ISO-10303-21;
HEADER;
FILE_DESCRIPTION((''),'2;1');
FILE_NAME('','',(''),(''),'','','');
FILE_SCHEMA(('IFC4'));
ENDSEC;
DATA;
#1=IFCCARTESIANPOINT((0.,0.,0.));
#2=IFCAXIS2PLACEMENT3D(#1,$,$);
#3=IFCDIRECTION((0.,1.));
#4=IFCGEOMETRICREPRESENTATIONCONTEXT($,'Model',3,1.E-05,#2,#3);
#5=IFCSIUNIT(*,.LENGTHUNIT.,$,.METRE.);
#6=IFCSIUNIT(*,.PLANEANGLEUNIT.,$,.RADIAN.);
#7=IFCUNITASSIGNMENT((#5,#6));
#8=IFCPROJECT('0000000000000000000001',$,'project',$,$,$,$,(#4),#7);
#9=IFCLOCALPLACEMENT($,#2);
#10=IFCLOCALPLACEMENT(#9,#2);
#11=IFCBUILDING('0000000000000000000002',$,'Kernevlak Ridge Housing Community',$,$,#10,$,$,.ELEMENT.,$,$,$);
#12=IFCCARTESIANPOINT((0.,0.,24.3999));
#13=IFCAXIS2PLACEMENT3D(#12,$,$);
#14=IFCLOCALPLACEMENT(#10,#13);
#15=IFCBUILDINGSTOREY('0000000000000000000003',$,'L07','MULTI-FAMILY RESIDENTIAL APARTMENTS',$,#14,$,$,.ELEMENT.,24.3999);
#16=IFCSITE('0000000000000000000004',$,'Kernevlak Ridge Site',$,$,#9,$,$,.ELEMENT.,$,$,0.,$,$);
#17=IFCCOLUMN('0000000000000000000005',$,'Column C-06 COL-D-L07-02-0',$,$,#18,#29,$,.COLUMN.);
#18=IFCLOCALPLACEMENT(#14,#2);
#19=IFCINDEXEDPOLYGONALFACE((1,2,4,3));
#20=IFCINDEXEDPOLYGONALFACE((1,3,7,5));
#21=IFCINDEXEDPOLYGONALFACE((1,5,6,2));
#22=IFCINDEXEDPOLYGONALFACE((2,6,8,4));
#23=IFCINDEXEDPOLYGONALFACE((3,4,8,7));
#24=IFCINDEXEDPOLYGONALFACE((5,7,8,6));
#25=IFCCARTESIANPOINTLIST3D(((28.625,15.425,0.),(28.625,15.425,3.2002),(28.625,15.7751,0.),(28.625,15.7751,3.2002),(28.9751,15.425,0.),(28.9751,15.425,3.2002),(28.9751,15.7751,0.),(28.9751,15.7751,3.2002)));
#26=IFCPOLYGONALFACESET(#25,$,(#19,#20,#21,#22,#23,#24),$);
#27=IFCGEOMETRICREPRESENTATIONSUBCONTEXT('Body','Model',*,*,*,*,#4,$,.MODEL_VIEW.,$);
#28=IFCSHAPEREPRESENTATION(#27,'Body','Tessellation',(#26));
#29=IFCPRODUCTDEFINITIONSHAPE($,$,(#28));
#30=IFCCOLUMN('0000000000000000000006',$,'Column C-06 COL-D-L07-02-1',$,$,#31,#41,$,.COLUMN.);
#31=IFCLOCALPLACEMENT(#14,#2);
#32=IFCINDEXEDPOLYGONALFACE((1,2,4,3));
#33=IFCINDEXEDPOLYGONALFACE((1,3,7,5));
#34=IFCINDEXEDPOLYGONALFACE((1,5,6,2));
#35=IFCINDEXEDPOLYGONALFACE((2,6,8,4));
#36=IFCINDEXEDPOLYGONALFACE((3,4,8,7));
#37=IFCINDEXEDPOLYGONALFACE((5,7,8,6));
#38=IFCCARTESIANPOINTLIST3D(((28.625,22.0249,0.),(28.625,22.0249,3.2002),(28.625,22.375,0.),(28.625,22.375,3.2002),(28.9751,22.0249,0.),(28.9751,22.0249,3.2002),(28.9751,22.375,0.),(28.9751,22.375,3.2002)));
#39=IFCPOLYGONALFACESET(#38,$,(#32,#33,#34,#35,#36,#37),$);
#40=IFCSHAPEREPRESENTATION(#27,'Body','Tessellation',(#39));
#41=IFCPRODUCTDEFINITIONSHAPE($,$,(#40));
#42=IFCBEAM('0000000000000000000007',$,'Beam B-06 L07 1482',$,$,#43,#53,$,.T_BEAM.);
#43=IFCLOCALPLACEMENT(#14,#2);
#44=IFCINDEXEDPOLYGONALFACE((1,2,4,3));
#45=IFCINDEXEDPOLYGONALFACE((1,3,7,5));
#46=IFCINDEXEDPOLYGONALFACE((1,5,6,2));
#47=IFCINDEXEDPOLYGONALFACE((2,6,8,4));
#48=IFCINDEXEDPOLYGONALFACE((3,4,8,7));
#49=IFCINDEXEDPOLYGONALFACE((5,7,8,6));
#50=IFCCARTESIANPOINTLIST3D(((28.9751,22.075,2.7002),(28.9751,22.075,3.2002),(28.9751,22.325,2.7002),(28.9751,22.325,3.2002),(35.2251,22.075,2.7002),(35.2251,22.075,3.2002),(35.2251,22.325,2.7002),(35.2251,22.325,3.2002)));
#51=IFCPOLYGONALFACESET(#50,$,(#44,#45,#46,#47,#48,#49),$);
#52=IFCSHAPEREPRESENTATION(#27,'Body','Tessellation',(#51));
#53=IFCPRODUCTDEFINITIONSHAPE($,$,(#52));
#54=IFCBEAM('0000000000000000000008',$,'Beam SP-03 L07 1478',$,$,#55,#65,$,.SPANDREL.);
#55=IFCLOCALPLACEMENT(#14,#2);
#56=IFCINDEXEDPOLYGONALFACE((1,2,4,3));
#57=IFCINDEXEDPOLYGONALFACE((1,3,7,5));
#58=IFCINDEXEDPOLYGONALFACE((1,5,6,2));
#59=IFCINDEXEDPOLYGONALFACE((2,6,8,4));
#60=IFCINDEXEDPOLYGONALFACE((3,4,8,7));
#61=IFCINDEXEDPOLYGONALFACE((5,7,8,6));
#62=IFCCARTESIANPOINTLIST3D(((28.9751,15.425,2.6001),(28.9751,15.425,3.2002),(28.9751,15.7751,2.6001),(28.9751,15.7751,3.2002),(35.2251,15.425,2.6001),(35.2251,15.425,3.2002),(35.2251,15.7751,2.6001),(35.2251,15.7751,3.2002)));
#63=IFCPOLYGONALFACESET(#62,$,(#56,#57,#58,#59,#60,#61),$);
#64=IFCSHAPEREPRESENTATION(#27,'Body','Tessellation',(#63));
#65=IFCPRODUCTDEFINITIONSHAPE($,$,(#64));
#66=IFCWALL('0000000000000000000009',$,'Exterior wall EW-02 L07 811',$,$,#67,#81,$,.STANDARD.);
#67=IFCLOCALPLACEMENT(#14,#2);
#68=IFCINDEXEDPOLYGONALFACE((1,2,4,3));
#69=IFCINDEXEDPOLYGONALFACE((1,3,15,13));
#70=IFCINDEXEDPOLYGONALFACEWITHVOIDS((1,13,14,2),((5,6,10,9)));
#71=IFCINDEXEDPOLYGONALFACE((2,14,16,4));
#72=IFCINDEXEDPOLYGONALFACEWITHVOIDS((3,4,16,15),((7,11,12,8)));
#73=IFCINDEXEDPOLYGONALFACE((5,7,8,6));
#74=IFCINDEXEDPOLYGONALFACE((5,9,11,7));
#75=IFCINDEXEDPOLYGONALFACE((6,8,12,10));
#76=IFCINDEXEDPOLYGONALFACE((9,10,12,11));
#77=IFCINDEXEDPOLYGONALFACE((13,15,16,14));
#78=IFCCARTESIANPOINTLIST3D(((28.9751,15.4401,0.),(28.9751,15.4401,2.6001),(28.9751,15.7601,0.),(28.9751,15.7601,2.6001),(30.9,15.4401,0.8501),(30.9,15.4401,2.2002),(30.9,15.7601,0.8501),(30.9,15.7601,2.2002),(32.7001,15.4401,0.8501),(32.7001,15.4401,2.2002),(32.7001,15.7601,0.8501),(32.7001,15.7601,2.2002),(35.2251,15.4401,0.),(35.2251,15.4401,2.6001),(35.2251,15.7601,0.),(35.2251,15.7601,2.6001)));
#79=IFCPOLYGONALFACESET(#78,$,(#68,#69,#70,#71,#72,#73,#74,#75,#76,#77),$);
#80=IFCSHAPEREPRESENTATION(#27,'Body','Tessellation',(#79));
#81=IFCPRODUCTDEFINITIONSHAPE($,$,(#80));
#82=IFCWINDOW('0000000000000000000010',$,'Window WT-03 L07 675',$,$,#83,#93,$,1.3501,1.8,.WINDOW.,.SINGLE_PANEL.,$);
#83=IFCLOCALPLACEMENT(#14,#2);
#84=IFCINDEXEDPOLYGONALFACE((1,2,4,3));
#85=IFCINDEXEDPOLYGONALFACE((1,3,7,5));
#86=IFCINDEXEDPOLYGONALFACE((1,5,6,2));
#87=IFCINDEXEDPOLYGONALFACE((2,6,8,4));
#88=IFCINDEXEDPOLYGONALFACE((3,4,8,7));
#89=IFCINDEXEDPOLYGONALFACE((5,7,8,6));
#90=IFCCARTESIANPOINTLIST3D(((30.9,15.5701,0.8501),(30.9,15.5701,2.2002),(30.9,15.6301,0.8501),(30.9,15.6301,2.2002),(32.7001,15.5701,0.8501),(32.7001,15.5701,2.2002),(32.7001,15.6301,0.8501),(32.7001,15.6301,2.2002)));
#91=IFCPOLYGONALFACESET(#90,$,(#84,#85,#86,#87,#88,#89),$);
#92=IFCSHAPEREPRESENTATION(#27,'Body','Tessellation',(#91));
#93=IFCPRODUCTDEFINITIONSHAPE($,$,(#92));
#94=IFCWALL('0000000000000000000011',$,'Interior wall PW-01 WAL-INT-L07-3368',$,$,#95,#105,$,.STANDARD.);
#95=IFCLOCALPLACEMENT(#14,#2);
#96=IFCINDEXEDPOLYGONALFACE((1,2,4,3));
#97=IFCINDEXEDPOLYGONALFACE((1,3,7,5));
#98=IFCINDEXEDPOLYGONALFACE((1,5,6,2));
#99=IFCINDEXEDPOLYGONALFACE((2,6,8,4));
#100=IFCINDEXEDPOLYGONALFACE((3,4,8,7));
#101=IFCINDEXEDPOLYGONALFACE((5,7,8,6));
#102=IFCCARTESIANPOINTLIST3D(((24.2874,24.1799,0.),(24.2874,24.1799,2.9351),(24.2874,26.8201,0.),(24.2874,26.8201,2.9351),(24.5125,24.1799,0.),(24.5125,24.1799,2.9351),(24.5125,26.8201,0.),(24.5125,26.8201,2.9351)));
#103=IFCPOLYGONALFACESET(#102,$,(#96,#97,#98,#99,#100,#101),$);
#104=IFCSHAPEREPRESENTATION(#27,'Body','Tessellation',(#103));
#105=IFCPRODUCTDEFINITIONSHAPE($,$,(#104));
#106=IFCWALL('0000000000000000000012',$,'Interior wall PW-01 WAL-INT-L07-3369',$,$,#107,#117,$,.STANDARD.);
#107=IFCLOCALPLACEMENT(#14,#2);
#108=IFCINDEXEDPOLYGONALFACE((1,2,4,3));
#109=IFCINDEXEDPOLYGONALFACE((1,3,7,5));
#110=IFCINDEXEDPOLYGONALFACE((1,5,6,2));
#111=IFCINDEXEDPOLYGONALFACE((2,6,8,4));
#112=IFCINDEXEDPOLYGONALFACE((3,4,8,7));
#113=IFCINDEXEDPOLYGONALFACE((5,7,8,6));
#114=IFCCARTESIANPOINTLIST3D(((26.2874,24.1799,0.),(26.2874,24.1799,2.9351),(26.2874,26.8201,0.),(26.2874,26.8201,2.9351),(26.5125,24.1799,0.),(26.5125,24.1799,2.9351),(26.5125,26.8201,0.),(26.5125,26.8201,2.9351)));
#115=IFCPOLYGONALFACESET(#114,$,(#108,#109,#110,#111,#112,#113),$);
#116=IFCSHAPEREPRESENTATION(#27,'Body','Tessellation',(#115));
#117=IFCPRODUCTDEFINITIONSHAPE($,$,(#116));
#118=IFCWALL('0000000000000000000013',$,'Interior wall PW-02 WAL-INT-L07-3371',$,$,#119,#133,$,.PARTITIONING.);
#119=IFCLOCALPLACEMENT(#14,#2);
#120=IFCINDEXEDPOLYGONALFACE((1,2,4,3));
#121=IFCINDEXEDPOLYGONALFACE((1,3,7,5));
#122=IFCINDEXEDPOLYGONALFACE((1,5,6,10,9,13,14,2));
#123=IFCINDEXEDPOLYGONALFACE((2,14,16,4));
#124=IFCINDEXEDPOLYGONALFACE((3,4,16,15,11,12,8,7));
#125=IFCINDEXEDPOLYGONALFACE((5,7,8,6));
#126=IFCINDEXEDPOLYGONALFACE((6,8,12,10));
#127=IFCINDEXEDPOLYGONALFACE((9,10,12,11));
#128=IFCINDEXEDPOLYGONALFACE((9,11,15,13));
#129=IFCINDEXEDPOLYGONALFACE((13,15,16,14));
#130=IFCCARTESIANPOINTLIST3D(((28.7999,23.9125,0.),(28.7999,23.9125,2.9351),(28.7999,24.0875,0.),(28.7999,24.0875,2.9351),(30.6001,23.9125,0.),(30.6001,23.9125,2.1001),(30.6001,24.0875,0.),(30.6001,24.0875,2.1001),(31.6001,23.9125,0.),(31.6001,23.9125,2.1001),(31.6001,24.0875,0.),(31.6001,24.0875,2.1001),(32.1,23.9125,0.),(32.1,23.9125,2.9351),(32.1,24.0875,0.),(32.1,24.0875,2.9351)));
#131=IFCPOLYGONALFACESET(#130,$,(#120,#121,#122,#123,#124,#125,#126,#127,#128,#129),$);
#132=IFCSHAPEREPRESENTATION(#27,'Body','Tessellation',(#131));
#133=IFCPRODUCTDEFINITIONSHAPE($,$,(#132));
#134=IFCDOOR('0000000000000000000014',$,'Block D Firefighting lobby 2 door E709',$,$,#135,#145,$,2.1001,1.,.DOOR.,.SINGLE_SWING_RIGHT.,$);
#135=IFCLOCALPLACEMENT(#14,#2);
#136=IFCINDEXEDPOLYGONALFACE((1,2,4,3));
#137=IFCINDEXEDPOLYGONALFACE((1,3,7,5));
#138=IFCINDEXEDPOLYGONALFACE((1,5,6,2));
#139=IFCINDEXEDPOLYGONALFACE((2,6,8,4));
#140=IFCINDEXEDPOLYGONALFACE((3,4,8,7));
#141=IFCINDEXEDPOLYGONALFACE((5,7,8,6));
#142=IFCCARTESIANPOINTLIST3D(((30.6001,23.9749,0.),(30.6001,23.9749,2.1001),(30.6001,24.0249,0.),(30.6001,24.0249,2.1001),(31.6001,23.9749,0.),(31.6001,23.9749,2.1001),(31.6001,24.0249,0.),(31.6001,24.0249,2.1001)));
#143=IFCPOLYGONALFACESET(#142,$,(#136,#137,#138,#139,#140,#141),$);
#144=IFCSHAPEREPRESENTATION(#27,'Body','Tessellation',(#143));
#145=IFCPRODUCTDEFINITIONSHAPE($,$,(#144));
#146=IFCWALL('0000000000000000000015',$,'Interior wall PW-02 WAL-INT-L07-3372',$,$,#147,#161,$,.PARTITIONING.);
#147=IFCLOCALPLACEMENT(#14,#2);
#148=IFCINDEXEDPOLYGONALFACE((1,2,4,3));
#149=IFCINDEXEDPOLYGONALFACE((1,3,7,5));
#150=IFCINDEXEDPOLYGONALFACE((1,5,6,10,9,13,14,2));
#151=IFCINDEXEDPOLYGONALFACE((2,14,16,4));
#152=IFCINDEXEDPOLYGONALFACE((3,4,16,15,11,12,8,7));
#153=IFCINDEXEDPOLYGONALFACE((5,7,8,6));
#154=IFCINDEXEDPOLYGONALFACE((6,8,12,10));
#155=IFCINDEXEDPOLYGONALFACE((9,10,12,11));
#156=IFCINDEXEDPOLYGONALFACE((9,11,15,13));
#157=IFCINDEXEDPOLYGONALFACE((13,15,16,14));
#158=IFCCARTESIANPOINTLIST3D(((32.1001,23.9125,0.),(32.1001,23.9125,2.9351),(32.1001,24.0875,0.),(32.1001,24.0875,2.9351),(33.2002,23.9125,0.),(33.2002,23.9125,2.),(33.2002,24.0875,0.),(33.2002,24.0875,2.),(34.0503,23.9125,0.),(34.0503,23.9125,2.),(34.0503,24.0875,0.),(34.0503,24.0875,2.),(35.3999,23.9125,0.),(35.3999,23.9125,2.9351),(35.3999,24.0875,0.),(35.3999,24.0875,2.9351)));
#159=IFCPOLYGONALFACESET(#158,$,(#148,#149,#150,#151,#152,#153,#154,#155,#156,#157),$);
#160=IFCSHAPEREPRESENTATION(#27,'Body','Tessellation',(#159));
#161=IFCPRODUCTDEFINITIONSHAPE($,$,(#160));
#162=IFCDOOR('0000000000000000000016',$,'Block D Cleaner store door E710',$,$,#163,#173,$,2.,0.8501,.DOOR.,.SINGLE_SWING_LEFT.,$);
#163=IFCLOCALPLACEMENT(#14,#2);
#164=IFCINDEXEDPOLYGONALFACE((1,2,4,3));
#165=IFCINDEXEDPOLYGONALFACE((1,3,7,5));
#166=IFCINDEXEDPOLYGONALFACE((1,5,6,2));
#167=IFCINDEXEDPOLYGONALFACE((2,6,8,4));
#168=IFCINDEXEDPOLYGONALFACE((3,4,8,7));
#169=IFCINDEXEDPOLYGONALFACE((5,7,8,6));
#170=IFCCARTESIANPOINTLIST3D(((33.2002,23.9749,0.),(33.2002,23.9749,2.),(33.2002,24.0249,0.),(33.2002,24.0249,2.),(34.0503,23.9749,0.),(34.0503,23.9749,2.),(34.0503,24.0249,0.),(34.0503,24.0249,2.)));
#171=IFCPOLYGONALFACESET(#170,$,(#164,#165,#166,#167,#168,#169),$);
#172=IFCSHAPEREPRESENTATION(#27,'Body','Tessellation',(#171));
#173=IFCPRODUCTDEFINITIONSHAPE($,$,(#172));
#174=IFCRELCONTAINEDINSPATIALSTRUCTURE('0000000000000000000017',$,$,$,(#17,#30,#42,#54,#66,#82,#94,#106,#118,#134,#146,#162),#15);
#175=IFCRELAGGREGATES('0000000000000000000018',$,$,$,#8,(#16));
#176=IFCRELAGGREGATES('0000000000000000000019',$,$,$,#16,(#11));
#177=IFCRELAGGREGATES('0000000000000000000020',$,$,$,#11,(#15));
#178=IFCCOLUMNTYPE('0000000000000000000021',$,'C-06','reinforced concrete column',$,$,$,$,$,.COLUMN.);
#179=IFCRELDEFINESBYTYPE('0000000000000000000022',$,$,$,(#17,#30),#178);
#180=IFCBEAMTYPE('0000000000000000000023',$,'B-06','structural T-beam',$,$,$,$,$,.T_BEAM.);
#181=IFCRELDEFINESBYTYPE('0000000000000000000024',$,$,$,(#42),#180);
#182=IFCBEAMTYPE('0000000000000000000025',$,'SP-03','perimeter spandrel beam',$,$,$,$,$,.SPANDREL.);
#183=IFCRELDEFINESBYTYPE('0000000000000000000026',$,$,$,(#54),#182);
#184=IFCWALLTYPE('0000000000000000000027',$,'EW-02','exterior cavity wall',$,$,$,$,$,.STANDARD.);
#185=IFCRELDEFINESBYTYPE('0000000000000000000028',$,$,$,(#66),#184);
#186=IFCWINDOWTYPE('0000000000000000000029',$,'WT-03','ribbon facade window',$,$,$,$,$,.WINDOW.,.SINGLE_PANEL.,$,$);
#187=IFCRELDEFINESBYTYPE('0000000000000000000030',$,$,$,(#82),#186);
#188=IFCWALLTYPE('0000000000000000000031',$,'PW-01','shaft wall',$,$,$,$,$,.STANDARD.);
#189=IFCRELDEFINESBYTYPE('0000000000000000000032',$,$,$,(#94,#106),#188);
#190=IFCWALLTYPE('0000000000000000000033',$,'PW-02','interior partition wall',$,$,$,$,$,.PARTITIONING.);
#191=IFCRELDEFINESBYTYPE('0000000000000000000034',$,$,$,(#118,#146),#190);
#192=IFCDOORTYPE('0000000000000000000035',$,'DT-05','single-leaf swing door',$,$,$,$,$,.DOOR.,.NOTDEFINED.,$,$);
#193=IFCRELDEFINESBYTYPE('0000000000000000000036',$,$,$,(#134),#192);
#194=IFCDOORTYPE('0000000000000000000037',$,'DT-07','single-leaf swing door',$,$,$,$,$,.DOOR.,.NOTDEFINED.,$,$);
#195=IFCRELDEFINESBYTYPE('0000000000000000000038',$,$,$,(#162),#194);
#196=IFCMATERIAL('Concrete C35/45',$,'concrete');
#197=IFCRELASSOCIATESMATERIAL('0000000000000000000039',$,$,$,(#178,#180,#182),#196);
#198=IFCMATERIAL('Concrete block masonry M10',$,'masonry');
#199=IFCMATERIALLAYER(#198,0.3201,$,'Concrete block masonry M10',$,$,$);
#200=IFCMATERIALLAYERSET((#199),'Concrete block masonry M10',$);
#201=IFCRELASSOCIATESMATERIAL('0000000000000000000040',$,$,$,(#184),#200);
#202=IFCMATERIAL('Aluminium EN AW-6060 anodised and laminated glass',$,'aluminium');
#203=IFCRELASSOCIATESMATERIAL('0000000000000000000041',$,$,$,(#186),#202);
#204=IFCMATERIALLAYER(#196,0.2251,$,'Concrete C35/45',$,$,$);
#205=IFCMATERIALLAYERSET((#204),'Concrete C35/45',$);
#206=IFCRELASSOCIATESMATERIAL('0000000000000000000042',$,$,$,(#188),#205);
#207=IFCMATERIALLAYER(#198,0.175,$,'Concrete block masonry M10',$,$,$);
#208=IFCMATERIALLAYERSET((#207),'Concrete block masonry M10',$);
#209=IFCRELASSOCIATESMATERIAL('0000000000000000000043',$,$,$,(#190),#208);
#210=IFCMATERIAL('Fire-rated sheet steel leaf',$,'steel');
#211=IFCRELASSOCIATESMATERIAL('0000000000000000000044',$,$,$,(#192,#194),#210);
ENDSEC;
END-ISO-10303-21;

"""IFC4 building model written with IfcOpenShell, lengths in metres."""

from ifc_helpers import new_model, si_unit, direction, frame, frame_2d, origin, origin_2d, place, context, subcontext, project, spatial, rectangle, extrude, material, layer, layer_set, material_profile, profile_set, type_object, element, fill, save


model = new_model("IFC4")

# Units and contexts
model_context = context("Model", 3, precision=1e-05, world=origin(), true_north=direction((0.0, 1.0)))
body_context = subcontext(model_context, "Body", "Model", "MODEL_VIEW")
ifc_project = project(units=[si_unit("LENGTHUNIT", "METRE"), si_unit("PLANEANGLEUNIT", "RADIAN")], contexts=[model_context])

# Site, building, storey
site_placement = place(None, origin())
site = spatial("IfcSite", under=ifc_project, at=site_placement, Name="Kernevlak Ridge Site", CompositionType="ELEMENT", RefElevation=0.0)
building_placement = place(site_placement, origin())
building = spatial("IfcBuilding", under=site, at=building_placement, Name="Kernevlak Ridge Housing Community", CompositionType="ELEMENT")
storey_placement = place(building_placement, frame((0.0, 0.0, 24.3999)))
storey = spatial("IfcBuildingStorey", under=building, at=storey_placement, Name="L07", Description="MULTI-FAMILY RESIDENTIAL APARTMENTS", CompositionType="ELEMENT", Elevation=24.3999)

# Columns
ifc_material_1 = material(Name="Concrete C35/45", Category="concrete")
ifc_material_profile_1 = material_profile(ifc_material_1, rectangle(XDim=0.3501, YDim=0.3501, at=origin_2d()), Name="RC 350x350")
ifc_profile_set_1 = profile_set([ifc_material_profile_1], Name="Concrete C35/45")
column_type = type_object("IfcColumnType", Name="C-06", Description="reinforced concrete column", PredefinedType="COLUMN", material=ifc_profile_set_1)
for number, where, z_axis, x_axis, name in (
    (1, (28.8, 15.6001, 0.0), (0.0, 0.0, 1.0), (1.0, 0.0, 0.0), "Column C-06 COL-D-L07-02-0"),
    (2, (28.8, 22.2, 0.0), (0.0, 0.0, 1.0), (1.0, 0.0, 0.0), "Column C-06 COL-D-L07-02-1"),
):
    element("IfcColumn", number, at=place(storey_placement, frame(where, z_axis=z_axis, x_axis=x_axis)), inside=storey, type_object=column_type, Name=name, PredefinedType="COLUMN", context=body_context, shape_type="SweptSolid", body=[
        extrude(rectangle(XDim=0.3501, YDim=0.3501, at=origin_2d()), origin(), (0.0, 0.0, 1.0), 3.2002),
    ])

# Beams
ifc_material_profile_2 = material_profile(ifc_material_1, rectangle(XDim=0.25, YDim=0.5, at=origin_2d()), Name="RC 250x500")
ifc_profile_set_2 = profile_set([ifc_material_profile_2], Name="Concrete C35/45")
beam_type_1 = type_object("IfcBeamType", Name="B-06", Description="structural T-beam", PredefinedType="T_BEAM", material=ifc_profile_set_2)
beam_1_placement = place(storey_placement, frame((28.9751, 22.2, 2.9502), z_axis=(1.0, 0.0, 0.0), x_axis=(0.0, 1.0, 0.0)))
element("IfcBeam", 3, at=beam_1_placement, inside=storey, type_object=beam_type_1, Name="Beam B-06 L07 1482", PredefinedType="T_BEAM", context=body_context, shape_type="SweptSolid", body=[
    extrude(rectangle(XDim=0.25, YDim=0.5, at=origin_2d()), origin(), (0.0, 0.0, 1.0), 6.25),
])
ifc_material_profile_3 = material_profile(ifc_material_1, rectangle(XDim=0.3501, YDim=0.6001, at=origin_2d()), Name="RC 350x600")
ifc_profile_set_3 = profile_set([ifc_material_profile_3], Name="Concrete C35/45")
beam_type_2 = type_object("IfcBeamType", Name="SP-03", Description="perimeter spandrel beam", PredefinedType="SPANDREL", material=ifc_profile_set_3)
beam_2_placement = place(storey_placement, frame((28.9751, 15.6001, 2.9001), z_axis=(1.0, 0.0, 0.0), x_axis=(0.0, 1.0, 0.0)))
element("IfcBeam", 4, at=beam_2_placement, inside=storey, type_object=beam_type_2, Name="Beam SP-03 L07 1478", PredefinedType="SPANDREL", context=body_context, shape_type="SweptSolid", body=[
    extrude(rectangle(XDim=0.3501, YDim=0.6001, at=origin_2d()), origin(), (0.0, 0.0, 1.0), 6.25),
])

# Wall, opening, window
ifc_material_2 = material(Name="Concrete block masonry M10", Category="masonry")
ifc_layer_1 = layer(ifc_material_2, 0.3201, Name="Concrete block masonry M10")
ifc_layer_set_1 = layer_set([ifc_layer_1], Name="Concrete block masonry M10")
wall_type_1 = type_object("IfcWallType", Name="EW-02", Description="exterior cavity wall", PredefinedType="STANDARD", material=ifc_layer_set_1)
wall_1_placement = place(storey_placement, frame((28.9751, 15.6001, 0.0), z_axis=(0.0, 0.0, 1.0), x_axis=(1.0, 0.0, 0.0)))
wall_1 = element("IfcWall", 5, at=wall_1_placement, inside=storey, type_object=wall_type_1, Name="Exterior wall EW-02 L07 811", PredefinedType="STANDARD", context=body_context, shape_type="SweptSolid", body=[
    extrude(rectangle(XDim=6.25, YDim=0.3201, at=frame_2d((3.125, 0.0))), origin(), (0.0, 0.0, 1.0), 2.6001),
])
opening_1_placement = place(wall_1_placement, frame((1.925, 0.0, 0.8501)))
opening_1 = element("IfcOpeningElement", 6, at=opening_1_placement, cuts=wall_1, PredefinedType="OPENING", context=body_context, shape_type="SweptSolid", body=[
    extrude(rectangle(XDim=1.8, YDim=1.3501, at=frame_2d((0.8999, 0.675))), frame((0.0, 0.1699, 0.0), z_axis=(0.0, -1.0, 0.0), x_axis=(1.0, 0.0, 0.0)), (0.0, 0.0, 1.0), 0.3401),
])
ifc_material_3 = material(Name="Aluminium EN AW-6060 anodised and laminated glass", Category="aluminium")
window_type = type_object("IfcWindowType", Name="WT-03", Description="ribbon facade window", PartitioningType="SINGLE_PANEL", PredefinedType="WINDOW", material=ifc_material_3)
window_placement = place(opening_1_placement, origin())
window = element("IfcWindow", 7, at=window_placement, inside=storey, type_object=window_type, Name="Window WT-03 L07 675", OverallHeight=1.3501, OverallWidth=1.8, PartitioningType="SINGLE_PANEL", PredefinedType="WINDOW", context=body_context, shape_type="SweptSolid", body=[
    extrude(rectangle(XDim=1.8, YDim=1.3501, at=frame_2d((0.8999, 0.675))), frame((0.0, 0.03, 0.0), z_axis=(0.0, -1.0, 0.0), x_axis=(1.0, 0.0, 0.0)), (0.0, 0.0, 1.0), 0.0601),
])
fill(opening_1, window)

# Walls
ifc_layer_2 = layer(ifc_material_1, 0.2251, Name="Concrete C35/45")
ifc_layer_set_2 = layer_set([ifc_layer_2], Name="Concrete C35/45")
wall_type_2 = type_object("IfcWallType", Name="PW-01", Description="shaft wall", PredefinedType="STANDARD", material=ifc_layer_set_2)
for number, where, z_axis, x_axis, name in (
    (8, (24.3999, 24.1799, 0.0), (0.0, 0.0, 1.0), (0.0, 1.0, 0.0), "Interior wall PW-01 WAL-INT-L07-3368"),
    (9, (26.3999, 24.1799, 0.0), (0.0, 0.0, 1.0), (0.0, 1.0, 0.0), "Interior wall PW-01 WAL-INT-L07-3369"),
):
    element("IfcWall", number, at=place(storey_placement, frame(where, z_axis=z_axis, x_axis=x_axis)), inside=storey, type_object=wall_type_2, Name=name, PredefinedType="STANDARD", context=body_context, shape_type="SweptSolid", body=[
        extrude(rectangle(XDim=2.6401, YDim=0.2251, at=frame_2d((1.3201, 0.0))), origin(), (0.0, 0.0, 1.0), 2.9351),
    ])

# Walls, openings, doors
ifc_layer_3 = layer(ifc_material_2, 0.175, Name="Concrete block masonry M10")
ifc_layer_set_3 = layer_set([ifc_layer_3], Name="Concrete block masonry M10")
wall_type_3 = type_object("IfcWallType", Name="PW-02", Description="interior partition wall", PredefinedType="PARTITIONING", material=ifc_layer_set_3)
wall_2_placement = place(storey_placement, frame((28.8, 24.0, 0.0), z_axis=(0.0, 0.0, 1.0), x_axis=(1.0, 0.0, 0.0)))
wall_2 = element("IfcWall", 10, at=wall_2_placement, inside=storey, type_object=wall_type_3, Name="Interior wall PW-02 WAL-INT-L07-3371", PredefinedType="PARTITIONING", context=body_context, shape_type="SweptSolid", body=[
    extrude(rectangle(XDim=3.3, YDim=0.175, at=frame_2d((1.6499, 0.0))), origin(), (0.0, 0.0, 1.0), 2.9351),
])
opening_2_placement = place(wall_2_placement, frame((1.8, 0.0, 0.0)))
opening_2 = element("IfcOpeningElement", 11, at=opening_2_placement, cuts=wall_2, PredefinedType="OPENING", context=body_context, shape_type="SweptSolid", body=[
    extrude(rectangle(XDim=1.0, YDim=2.1001, at=frame_2d((0.5, 1.05))), frame((0.0, 0.0974, 0.0), z_axis=(0.0, -1.0, 0.0), x_axis=(1.0, 0.0, 0.0)), (0.0, 0.0, 1.0), 0.1951),
])
ifc_material_4 = material(Name="Fire-rated sheet steel leaf", Category="steel")
door_type_1 = type_object("IfcDoorType", Name="DT-05", Description="single-leaf swing door", OperationType="NOTDEFINED", PredefinedType="DOOR", material=ifc_material_4)
door_1_placement = place(opening_2_placement, origin())
door_1 = element("IfcDoor", 12, at=door_1_placement, inside=storey, type_object=door_type_1, Name="Block D Firefighting lobby 2 door E709", OperationType="SINGLE_SWING_RIGHT", OverallHeight=2.1001, OverallWidth=1.0, PredefinedType="DOOR", context=body_context, shape_type="SweptSolid", body=[
    extrude(rectangle(XDim=1.0, YDim=2.1001, at=frame_2d((0.5, 1.05))), frame((0.0, 0.0249, 0.0), z_axis=(0.0, -1.0, 0.0), x_axis=(1.0, 0.0, 0.0)), (0.0, 0.0, 1.0), 0.05),
])
fill(opening_2, door_1)
wall_3_placement = place(storey_placement, frame((32.1001, 24.0, 0.0), z_axis=(0.0, 0.0, 1.0), x_axis=(1.0, 0.0, 0.0)))
wall_3 = element("IfcWall", 13, at=wall_3_placement, inside=storey, type_object=wall_type_3, Name="Interior wall PW-02 WAL-INT-L07-3372", PredefinedType="PARTITIONING", context=body_context, shape_type="SweptSolid", body=[
    extrude(rectangle(XDim=3.2998, YDim=0.175, at=frame_2d((1.6499, 0.0))), origin(), (0.0, 0.0, 1.0), 2.9351),
])
opening_3_placement = place(wall_3_placement, frame((1.1001, 0.0, 0.0)))
opening_3 = element("IfcOpeningElement", 14, at=opening_3_placement, cuts=wall_3, PredefinedType="OPENING", context=body_context, shape_type="SweptSolid", body=[
    extrude(rectangle(XDim=0.8501, YDim=2.0, at=frame_2d((0.425, 1.0))), frame((0.0, 0.0974, 0.0), z_axis=(0.0, -1.0, 0.0), x_axis=(1.0, 0.0, 0.0)), (0.0, 0.0, 1.0), 0.1951),
])
door_type_2 = type_object("IfcDoorType", Name="DT-07", Description="single-leaf swing door", OperationType="NOTDEFINED", PredefinedType="DOOR", material=ifc_material_4)
door_2_placement = place(opening_3_placement, origin())
door_2 = element("IfcDoor", 15, at=door_2_placement, inside=storey, type_object=door_type_2, Name="Block D Cleaner store door E710", OperationType="SINGLE_SWING_LEFT", OverallHeight=2.0, OverallWidth=0.8501, PredefinedType="DOOR", context=body_context, shape_type="SweptSolid", body=[
    extrude(rectangle(XDim=0.8501, YDim=2.0, at=frame_2d((0.425, 1.0))), frame((0.0, 0.0249, 0.0), z_axis=(0.0, -1.0, 0.0), x_axis=(1.0, 0.0, 0.0)), (0.0, 0.0, 1.0), 0.05),
])
fill(opening_3, door_2)

save(model, "model.ifc")
